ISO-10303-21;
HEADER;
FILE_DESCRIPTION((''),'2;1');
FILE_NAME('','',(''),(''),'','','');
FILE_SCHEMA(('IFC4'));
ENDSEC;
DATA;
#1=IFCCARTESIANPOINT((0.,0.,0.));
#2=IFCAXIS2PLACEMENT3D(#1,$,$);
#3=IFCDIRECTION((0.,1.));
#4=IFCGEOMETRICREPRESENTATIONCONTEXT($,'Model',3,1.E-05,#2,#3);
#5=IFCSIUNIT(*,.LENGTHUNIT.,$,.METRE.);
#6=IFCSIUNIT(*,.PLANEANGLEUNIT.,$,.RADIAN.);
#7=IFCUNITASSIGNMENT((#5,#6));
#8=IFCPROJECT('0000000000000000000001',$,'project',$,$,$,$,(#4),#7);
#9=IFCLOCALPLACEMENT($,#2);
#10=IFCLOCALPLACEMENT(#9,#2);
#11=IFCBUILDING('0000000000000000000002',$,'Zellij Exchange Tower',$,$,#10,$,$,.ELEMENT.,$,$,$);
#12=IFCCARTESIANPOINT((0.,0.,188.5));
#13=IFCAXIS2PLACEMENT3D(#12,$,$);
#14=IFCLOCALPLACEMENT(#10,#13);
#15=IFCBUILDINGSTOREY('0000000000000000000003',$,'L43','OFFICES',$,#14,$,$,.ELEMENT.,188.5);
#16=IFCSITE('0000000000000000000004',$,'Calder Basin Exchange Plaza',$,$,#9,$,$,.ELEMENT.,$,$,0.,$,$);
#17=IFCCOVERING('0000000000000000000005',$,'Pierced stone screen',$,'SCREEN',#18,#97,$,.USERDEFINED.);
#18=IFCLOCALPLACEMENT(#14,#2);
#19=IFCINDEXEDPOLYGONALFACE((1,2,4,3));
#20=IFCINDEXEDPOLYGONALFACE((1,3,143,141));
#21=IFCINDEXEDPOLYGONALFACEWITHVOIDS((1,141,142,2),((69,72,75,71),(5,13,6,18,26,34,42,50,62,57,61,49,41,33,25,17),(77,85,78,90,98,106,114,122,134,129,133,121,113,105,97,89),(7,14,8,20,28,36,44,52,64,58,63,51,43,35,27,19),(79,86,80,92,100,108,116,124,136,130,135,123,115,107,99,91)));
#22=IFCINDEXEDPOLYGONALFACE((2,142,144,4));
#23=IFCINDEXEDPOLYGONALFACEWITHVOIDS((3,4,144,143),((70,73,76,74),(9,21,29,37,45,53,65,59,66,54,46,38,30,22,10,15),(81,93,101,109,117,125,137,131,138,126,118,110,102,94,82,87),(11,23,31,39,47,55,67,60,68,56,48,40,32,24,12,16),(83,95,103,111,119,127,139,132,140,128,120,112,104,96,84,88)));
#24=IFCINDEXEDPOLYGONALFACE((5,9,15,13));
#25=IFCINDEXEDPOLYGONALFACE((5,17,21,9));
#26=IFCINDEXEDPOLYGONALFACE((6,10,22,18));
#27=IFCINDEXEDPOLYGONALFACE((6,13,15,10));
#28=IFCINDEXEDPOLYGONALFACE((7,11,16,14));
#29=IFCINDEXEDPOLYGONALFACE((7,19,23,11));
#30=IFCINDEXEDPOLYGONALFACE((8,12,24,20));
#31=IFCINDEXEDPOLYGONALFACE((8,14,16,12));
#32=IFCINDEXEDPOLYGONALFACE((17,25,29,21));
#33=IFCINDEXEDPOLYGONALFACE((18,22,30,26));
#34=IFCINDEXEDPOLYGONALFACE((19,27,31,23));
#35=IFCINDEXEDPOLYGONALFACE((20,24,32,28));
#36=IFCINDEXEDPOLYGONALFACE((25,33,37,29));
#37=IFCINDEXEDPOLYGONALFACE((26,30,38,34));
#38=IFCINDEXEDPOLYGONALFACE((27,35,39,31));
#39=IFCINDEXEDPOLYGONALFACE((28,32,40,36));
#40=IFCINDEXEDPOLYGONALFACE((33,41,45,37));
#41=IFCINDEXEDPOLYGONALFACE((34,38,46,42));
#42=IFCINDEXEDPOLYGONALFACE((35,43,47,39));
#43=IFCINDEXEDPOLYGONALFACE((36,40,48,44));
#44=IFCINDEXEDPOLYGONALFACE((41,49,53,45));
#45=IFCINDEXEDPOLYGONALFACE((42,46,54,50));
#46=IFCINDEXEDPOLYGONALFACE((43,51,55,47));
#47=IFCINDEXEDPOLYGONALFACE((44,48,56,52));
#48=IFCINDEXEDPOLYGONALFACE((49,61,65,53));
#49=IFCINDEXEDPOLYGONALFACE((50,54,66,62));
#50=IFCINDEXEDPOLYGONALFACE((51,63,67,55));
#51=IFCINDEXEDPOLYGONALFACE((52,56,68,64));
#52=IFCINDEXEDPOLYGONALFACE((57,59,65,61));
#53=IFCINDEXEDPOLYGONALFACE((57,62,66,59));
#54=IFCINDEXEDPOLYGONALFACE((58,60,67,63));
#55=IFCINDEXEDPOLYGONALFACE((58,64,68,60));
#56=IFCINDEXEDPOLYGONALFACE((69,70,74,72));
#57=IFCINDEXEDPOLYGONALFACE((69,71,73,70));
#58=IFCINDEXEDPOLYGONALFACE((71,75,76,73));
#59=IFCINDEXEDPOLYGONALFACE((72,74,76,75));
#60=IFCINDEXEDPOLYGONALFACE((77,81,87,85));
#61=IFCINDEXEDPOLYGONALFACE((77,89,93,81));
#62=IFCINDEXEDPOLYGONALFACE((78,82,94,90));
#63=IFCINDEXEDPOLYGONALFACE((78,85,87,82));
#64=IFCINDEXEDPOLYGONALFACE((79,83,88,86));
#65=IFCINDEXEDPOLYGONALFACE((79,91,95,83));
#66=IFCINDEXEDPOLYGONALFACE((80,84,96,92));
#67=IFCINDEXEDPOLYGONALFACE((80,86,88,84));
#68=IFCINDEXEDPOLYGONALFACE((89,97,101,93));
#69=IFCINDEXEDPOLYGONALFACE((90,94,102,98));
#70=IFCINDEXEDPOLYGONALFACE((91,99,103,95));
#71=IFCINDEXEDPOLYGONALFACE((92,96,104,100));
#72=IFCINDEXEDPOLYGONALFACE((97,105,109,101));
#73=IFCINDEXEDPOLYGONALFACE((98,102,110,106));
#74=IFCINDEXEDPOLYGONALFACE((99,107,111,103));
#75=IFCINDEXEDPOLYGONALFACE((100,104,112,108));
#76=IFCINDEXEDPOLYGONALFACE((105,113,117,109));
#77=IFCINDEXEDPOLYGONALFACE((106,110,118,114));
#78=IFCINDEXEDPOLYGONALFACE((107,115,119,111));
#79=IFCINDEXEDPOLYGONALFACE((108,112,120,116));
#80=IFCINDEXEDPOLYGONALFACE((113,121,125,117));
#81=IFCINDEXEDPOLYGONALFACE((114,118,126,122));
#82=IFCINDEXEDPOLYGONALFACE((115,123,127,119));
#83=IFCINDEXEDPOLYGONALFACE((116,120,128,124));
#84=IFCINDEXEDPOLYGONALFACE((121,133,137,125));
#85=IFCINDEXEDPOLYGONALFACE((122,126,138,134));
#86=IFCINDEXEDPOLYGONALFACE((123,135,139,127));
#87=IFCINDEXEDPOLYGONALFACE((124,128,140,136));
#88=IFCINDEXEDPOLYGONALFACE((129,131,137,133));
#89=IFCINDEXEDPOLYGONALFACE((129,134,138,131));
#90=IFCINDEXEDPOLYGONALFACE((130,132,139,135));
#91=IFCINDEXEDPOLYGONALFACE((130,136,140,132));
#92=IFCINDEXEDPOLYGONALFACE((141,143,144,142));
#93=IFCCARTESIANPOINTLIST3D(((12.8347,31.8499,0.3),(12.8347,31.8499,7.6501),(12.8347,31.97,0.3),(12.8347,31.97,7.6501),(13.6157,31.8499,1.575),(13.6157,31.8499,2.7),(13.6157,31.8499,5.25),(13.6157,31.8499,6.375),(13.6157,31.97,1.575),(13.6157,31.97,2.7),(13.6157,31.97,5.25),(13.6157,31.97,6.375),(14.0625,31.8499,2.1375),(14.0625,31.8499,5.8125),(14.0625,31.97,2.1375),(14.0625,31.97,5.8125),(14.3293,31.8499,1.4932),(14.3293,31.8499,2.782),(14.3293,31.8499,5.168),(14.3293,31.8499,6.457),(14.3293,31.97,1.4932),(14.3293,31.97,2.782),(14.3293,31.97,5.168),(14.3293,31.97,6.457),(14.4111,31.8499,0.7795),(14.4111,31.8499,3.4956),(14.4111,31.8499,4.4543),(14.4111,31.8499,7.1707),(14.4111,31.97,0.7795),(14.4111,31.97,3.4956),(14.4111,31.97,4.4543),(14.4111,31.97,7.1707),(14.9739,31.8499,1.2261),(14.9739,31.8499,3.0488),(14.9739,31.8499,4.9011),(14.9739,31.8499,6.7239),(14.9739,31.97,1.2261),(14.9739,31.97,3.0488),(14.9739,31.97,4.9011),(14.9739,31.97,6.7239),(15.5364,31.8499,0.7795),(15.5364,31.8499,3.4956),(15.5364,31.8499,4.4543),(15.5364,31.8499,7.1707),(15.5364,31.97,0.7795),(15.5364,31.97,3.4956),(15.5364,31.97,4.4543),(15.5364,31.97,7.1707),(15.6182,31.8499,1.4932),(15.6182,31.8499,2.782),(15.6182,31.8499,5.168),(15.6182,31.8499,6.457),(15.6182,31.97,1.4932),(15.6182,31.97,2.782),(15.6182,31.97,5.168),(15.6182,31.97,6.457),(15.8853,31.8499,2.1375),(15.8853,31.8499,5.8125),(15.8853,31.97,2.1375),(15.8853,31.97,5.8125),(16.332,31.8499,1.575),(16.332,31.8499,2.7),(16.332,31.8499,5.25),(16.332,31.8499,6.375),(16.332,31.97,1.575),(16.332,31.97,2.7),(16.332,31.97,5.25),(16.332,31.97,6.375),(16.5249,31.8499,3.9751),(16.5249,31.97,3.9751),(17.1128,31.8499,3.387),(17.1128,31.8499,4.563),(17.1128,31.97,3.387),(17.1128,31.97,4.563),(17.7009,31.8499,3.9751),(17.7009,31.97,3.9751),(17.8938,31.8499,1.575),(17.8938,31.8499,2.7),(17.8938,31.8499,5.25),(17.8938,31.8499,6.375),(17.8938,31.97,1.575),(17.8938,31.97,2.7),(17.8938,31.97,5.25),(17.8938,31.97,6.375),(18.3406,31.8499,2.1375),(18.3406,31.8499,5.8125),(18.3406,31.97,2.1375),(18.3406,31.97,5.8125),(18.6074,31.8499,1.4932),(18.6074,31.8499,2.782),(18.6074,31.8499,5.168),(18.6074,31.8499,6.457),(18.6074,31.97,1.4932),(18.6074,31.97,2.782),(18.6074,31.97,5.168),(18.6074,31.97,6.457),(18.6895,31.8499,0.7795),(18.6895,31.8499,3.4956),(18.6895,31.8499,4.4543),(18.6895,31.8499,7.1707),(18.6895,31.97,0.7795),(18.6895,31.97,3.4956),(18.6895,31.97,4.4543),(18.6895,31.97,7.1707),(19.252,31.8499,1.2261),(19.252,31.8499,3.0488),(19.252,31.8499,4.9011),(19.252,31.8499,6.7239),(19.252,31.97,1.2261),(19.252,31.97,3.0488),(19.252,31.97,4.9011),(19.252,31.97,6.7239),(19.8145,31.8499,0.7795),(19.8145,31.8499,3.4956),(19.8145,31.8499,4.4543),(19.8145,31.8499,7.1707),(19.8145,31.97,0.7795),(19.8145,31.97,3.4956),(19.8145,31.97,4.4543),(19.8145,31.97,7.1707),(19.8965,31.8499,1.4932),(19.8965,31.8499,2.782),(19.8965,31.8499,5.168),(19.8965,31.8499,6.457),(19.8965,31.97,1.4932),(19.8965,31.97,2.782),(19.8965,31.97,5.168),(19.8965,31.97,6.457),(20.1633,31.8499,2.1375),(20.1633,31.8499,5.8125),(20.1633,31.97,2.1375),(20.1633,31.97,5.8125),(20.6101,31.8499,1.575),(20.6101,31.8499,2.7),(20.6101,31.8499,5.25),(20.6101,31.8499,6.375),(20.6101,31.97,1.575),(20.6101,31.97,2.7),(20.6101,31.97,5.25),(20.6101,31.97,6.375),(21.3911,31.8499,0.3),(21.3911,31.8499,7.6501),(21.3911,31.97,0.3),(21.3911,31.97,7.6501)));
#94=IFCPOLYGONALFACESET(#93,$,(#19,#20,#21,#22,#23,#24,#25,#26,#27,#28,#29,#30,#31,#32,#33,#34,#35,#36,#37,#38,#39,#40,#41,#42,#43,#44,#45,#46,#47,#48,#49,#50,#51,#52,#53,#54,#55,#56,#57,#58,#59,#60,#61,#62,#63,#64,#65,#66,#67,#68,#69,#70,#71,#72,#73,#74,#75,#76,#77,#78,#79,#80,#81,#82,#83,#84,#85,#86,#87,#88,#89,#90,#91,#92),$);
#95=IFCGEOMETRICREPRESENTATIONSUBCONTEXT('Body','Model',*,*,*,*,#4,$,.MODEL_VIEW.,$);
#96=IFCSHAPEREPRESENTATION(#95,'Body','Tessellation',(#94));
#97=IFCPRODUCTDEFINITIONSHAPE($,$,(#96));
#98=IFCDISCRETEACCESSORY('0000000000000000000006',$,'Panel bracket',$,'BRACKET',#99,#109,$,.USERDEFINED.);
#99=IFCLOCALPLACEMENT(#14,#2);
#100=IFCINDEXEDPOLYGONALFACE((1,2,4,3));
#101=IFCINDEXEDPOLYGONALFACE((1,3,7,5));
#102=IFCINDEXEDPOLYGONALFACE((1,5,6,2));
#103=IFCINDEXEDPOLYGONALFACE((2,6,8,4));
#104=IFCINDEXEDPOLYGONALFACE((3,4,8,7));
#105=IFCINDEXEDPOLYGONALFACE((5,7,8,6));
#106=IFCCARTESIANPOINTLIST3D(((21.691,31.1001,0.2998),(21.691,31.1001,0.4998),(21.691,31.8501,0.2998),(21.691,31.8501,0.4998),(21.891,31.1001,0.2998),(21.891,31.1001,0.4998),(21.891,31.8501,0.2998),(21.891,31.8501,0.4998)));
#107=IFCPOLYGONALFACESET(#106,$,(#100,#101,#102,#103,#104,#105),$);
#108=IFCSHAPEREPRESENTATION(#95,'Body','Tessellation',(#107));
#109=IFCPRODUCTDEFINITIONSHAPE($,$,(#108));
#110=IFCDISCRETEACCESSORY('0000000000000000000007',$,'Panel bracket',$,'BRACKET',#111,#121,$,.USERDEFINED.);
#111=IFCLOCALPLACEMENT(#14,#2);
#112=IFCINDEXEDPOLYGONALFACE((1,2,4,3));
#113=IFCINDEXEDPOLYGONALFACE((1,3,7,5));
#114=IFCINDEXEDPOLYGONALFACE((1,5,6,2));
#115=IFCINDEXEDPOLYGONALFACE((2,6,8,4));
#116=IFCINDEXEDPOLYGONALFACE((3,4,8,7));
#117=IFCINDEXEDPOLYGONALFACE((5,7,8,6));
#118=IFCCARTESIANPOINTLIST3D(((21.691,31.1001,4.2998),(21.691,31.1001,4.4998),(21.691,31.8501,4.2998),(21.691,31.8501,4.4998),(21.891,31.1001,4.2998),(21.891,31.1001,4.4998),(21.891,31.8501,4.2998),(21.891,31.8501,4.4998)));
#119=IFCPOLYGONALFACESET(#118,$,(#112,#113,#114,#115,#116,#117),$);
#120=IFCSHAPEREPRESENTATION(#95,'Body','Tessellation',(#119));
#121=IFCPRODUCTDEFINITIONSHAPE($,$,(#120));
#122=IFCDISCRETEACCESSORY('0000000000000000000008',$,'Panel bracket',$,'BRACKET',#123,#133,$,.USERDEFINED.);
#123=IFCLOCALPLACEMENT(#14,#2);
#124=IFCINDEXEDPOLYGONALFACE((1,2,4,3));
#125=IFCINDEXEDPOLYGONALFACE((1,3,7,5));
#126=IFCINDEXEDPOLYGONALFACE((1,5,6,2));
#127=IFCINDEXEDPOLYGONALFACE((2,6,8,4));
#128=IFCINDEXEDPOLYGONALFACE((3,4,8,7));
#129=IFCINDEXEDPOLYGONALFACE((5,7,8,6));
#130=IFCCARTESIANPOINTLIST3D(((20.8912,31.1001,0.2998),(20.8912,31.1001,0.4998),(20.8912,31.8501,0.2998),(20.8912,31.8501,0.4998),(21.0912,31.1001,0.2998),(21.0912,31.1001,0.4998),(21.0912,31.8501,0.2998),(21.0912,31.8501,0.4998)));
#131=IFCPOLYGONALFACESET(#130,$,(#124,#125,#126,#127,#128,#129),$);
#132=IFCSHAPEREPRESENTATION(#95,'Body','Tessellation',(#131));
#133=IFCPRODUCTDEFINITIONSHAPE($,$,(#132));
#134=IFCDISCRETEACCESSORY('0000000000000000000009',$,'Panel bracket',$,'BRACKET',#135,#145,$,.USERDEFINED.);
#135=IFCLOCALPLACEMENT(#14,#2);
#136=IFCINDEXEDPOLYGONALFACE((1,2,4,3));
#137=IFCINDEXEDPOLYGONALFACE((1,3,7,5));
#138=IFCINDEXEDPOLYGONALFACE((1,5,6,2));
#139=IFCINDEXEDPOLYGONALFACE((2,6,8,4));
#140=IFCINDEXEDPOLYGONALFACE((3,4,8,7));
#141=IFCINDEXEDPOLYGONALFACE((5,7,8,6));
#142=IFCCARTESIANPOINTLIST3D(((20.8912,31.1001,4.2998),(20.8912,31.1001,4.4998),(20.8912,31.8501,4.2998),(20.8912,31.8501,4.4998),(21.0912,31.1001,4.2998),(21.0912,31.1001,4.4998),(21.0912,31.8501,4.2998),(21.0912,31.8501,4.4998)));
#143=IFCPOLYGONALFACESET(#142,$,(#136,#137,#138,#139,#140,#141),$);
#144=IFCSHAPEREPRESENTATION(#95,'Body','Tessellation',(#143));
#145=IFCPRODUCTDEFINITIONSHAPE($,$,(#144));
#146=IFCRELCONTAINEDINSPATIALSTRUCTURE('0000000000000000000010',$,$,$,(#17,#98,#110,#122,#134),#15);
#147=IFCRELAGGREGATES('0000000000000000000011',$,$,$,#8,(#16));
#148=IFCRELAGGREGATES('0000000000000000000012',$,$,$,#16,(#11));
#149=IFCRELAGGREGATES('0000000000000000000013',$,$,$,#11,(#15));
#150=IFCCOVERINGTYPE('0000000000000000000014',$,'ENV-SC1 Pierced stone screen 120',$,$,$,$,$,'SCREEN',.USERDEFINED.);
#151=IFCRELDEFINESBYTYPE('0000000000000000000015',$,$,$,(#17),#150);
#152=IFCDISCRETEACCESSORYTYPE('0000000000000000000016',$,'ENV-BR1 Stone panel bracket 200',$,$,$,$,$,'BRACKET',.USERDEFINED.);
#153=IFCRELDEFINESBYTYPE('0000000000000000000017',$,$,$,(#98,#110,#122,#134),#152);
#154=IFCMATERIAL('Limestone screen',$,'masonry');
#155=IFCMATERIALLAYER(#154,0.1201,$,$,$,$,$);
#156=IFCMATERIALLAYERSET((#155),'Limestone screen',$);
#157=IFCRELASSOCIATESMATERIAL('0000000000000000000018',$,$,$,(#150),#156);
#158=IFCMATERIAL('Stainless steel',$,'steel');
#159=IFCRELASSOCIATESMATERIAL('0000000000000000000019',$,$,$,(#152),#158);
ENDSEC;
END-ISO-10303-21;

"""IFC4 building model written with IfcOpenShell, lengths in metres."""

from ifc_helpers import new_model, si_unit, direction, frame, origin, origin_2d, place, context, subcontext, project, spatial, polyline, rectangle, outline, extrude, material, layer, layer_set, type_object, element, save


model = new_model("IFC4")

# Units and contexts
model_context = context("Model", 3, precision=1e-05, world=origin(), true_north=direction((0.0, 1.0)))
body_context = subcontext(model_context, "Body", "Model", "MODEL_VIEW")
ifc_project = project(units=[si_unit("LENGTHUNIT", "METRE"), si_unit("PLANEANGLEUNIT", "RADIAN")], contexts=[model_context])

# Site, building, storey
site_placement = place(None, origin())
site = spatial("IfcSite", under=ifc_project, at=site_placement, Name="Calder Basin Exchange Plaza", CompositionType="ELEMENT", RefElevation=0.0)
building_placement = place(site_placement, origin())
building = spatial("IfcBuilding", under=site, at=building_placement, Name="Zellij Exchange Tower", CompositionType="ELEMENT")
storey_placement = place(building_placement, frame((0.0, 0.0, 188.5)))
storey = spatial("IfcBuildingStorey", under=building, at=storey_placement, Name="L43", Description="OFFICES", CompositionType="ELEMENT", Elevation=188.5)

# Covering
ifc_material_1 = material(Name="Limestone screen", Category="masonry")
ifc_layer_1 = layer(ifc_material_1, 0.1201)
ifc_layer_set_1 = layer_set([ifc_layer_1], Name="Limestone screen")
covering_type = type_object("IfcCoveringType", Name="ENV-SC1 Pierced stone screen 120", ElementType="SCREEN", PredefinedType="USERDEFINED", material=ifc_layer_set_1)
covering_placement = place(storey_placement, frame((21.3911, 31.9099, 0.3), z_axis=(0.0, 0.0, 1.0), x_axis=(-1.0, 0.0, 0.0)))
element("IfcCovering", 1, at=covering_placement, inside=storey, type_object=covering_type, Name="Pierced stone screen", ObjectType="SCREEN", PredefinedType="USERDEFINED", context=body_context, shape_type="SweptSolid", body=[
    extrude(outline(polyline([(0.0, 0.0), (8.5564, 0.0), (8.5564, 7.3501), (0.0, 7.3501), (0.0, 0.0)]), holes=[polyline([(3.4973, 2.3999), (2.7837, 2.4819), (2.7017, 3.1956), (2.1392, 2.7488), (1.5767, 3.1956), (1.4946, 2.4819), (0.781, 2.3999), (1.2278, 1.8374), (0.781, 1.2749), (1.4946, 1.1931), (1.5767, 0.4795), (2.1392, 0.926), (2.7017, 0.4795), (2.7837, 1.1931), (3.4973, 1.2749), (3.0505, 1.8374), (3.4973, 2.3999)]), polyline([(3.4973, 6.075), (2.7837, 6.157), (2.7017, 6.8706), (2.1392, 6.4238), (1.5767, 6.8706), (1.4946, 6.157), (0.781, 6.075), (1.2278, 5.5125), (0.781, 4.95), (1.4946, 4.8679), (1.5767, 4.1543), (2.1392, 4.6011), (2.7017, 4.1543), (2.7837, 4.8679), (3.4973, 4.95), (3.0505, 5.5125), (3.4973, 6.075)]), polyline([(7.7754, 2.3999), (7.0618, 2.4819), (6.98, 3.1956), (6.4172, 2.7488), (5.8547, 3.1956), (5.7729, 2.4819), (5.0591, 2.3999), (5.5059, 1.8374), (5.0591, 1.2749), (5.7729, 1.1931), (5.8547, 0.4795), (6.4172, 0.926), (6.98, 0.4795), (7.0618, 1.1931), (7.7754, 1.2749), (7.3286, 1.8374), (7.7754, 2.3999)]), polyline([(7.7754, 6.075), (7.0618, 6.157), (6.98, 6.8706), (6.4172, 6.4238), (5.8547, 6.8706), (5.7729, 6.157), (5.0591, 6.075), (5.5059, 5.5125), (5.0591, 4.95), (5.7729, 4.8679), (5.8547, 4.1543), (6.4172, 4.6011), (6.98, 4.1543), (7.0618, 4.8679), (7.7754, 4.95), (7.3286, 5.5125), (7.7754, 6.075)]), polyline([(4.8662, 3.675), (4.2783, 4.2629), (3.6902, 3.675), (4.2783, 3.0869), (4.8662, 3.675)])]), frame((0.0, 0.0601, 0.0), z_axis=(0.0, -1.0, 0.0), x_axis=(1.0, 0.0, 0.0)), (0.0, 0.0, 1.0), 0.1201),
])

# Discrete accessories
ifc_material_2 = material(Name="Stainless steel", Category="steel")
discrete_accessory_type = type_object("IfcDiscreteAccessoryType", Name="ENV-BR1 Stone panel bracket 200", ElementType="BRACKET", PredefinedType="USERDEFINED", material=ifc_material_2)
for number, where, z_axis, x_axis, name in (
    (2, (21.791, 31.4751, 0.2998), (0.0, 0.0, 1.0), (-1.0, 0.0, 0.0), "Panel bracket"),
    (3, (21.791, 31.4751, 4.2998), (0.0, 0.0, 1.0), (-1.0, 0.0, 0.0), "Panel bracket"),
    (4, (20.9912, 31.4751, 0.2998), (0.0, 0.0, 1.0), (-1.0, 0.0, 0.0), "Panel bracket"),
    (5, (20.9912, 31.4751, 4.2998), (0.0, 0.0, 1.0), (-1.0, 0.0, 0.0), "Panel bracket"),
):
    element("IfcDiscreteAccessory", number, at=place(storey_placement, frame(where, z_axis=z_axis, x_axis=x_axis)), inside=storey, type_object=discrete_accessory_type, Name=name, ObjectType="BRACKET", PredefinedType="USERDEFINED", context=body_context, shape_type="SweptSolid", body=[
        extrude(rectangle(XDim=0.2, YDim=0.75, at=origin_2d()), origin(), (0.0, 0.0, 1.0), 0.2),
    ])

save(model, "model.ifc")
